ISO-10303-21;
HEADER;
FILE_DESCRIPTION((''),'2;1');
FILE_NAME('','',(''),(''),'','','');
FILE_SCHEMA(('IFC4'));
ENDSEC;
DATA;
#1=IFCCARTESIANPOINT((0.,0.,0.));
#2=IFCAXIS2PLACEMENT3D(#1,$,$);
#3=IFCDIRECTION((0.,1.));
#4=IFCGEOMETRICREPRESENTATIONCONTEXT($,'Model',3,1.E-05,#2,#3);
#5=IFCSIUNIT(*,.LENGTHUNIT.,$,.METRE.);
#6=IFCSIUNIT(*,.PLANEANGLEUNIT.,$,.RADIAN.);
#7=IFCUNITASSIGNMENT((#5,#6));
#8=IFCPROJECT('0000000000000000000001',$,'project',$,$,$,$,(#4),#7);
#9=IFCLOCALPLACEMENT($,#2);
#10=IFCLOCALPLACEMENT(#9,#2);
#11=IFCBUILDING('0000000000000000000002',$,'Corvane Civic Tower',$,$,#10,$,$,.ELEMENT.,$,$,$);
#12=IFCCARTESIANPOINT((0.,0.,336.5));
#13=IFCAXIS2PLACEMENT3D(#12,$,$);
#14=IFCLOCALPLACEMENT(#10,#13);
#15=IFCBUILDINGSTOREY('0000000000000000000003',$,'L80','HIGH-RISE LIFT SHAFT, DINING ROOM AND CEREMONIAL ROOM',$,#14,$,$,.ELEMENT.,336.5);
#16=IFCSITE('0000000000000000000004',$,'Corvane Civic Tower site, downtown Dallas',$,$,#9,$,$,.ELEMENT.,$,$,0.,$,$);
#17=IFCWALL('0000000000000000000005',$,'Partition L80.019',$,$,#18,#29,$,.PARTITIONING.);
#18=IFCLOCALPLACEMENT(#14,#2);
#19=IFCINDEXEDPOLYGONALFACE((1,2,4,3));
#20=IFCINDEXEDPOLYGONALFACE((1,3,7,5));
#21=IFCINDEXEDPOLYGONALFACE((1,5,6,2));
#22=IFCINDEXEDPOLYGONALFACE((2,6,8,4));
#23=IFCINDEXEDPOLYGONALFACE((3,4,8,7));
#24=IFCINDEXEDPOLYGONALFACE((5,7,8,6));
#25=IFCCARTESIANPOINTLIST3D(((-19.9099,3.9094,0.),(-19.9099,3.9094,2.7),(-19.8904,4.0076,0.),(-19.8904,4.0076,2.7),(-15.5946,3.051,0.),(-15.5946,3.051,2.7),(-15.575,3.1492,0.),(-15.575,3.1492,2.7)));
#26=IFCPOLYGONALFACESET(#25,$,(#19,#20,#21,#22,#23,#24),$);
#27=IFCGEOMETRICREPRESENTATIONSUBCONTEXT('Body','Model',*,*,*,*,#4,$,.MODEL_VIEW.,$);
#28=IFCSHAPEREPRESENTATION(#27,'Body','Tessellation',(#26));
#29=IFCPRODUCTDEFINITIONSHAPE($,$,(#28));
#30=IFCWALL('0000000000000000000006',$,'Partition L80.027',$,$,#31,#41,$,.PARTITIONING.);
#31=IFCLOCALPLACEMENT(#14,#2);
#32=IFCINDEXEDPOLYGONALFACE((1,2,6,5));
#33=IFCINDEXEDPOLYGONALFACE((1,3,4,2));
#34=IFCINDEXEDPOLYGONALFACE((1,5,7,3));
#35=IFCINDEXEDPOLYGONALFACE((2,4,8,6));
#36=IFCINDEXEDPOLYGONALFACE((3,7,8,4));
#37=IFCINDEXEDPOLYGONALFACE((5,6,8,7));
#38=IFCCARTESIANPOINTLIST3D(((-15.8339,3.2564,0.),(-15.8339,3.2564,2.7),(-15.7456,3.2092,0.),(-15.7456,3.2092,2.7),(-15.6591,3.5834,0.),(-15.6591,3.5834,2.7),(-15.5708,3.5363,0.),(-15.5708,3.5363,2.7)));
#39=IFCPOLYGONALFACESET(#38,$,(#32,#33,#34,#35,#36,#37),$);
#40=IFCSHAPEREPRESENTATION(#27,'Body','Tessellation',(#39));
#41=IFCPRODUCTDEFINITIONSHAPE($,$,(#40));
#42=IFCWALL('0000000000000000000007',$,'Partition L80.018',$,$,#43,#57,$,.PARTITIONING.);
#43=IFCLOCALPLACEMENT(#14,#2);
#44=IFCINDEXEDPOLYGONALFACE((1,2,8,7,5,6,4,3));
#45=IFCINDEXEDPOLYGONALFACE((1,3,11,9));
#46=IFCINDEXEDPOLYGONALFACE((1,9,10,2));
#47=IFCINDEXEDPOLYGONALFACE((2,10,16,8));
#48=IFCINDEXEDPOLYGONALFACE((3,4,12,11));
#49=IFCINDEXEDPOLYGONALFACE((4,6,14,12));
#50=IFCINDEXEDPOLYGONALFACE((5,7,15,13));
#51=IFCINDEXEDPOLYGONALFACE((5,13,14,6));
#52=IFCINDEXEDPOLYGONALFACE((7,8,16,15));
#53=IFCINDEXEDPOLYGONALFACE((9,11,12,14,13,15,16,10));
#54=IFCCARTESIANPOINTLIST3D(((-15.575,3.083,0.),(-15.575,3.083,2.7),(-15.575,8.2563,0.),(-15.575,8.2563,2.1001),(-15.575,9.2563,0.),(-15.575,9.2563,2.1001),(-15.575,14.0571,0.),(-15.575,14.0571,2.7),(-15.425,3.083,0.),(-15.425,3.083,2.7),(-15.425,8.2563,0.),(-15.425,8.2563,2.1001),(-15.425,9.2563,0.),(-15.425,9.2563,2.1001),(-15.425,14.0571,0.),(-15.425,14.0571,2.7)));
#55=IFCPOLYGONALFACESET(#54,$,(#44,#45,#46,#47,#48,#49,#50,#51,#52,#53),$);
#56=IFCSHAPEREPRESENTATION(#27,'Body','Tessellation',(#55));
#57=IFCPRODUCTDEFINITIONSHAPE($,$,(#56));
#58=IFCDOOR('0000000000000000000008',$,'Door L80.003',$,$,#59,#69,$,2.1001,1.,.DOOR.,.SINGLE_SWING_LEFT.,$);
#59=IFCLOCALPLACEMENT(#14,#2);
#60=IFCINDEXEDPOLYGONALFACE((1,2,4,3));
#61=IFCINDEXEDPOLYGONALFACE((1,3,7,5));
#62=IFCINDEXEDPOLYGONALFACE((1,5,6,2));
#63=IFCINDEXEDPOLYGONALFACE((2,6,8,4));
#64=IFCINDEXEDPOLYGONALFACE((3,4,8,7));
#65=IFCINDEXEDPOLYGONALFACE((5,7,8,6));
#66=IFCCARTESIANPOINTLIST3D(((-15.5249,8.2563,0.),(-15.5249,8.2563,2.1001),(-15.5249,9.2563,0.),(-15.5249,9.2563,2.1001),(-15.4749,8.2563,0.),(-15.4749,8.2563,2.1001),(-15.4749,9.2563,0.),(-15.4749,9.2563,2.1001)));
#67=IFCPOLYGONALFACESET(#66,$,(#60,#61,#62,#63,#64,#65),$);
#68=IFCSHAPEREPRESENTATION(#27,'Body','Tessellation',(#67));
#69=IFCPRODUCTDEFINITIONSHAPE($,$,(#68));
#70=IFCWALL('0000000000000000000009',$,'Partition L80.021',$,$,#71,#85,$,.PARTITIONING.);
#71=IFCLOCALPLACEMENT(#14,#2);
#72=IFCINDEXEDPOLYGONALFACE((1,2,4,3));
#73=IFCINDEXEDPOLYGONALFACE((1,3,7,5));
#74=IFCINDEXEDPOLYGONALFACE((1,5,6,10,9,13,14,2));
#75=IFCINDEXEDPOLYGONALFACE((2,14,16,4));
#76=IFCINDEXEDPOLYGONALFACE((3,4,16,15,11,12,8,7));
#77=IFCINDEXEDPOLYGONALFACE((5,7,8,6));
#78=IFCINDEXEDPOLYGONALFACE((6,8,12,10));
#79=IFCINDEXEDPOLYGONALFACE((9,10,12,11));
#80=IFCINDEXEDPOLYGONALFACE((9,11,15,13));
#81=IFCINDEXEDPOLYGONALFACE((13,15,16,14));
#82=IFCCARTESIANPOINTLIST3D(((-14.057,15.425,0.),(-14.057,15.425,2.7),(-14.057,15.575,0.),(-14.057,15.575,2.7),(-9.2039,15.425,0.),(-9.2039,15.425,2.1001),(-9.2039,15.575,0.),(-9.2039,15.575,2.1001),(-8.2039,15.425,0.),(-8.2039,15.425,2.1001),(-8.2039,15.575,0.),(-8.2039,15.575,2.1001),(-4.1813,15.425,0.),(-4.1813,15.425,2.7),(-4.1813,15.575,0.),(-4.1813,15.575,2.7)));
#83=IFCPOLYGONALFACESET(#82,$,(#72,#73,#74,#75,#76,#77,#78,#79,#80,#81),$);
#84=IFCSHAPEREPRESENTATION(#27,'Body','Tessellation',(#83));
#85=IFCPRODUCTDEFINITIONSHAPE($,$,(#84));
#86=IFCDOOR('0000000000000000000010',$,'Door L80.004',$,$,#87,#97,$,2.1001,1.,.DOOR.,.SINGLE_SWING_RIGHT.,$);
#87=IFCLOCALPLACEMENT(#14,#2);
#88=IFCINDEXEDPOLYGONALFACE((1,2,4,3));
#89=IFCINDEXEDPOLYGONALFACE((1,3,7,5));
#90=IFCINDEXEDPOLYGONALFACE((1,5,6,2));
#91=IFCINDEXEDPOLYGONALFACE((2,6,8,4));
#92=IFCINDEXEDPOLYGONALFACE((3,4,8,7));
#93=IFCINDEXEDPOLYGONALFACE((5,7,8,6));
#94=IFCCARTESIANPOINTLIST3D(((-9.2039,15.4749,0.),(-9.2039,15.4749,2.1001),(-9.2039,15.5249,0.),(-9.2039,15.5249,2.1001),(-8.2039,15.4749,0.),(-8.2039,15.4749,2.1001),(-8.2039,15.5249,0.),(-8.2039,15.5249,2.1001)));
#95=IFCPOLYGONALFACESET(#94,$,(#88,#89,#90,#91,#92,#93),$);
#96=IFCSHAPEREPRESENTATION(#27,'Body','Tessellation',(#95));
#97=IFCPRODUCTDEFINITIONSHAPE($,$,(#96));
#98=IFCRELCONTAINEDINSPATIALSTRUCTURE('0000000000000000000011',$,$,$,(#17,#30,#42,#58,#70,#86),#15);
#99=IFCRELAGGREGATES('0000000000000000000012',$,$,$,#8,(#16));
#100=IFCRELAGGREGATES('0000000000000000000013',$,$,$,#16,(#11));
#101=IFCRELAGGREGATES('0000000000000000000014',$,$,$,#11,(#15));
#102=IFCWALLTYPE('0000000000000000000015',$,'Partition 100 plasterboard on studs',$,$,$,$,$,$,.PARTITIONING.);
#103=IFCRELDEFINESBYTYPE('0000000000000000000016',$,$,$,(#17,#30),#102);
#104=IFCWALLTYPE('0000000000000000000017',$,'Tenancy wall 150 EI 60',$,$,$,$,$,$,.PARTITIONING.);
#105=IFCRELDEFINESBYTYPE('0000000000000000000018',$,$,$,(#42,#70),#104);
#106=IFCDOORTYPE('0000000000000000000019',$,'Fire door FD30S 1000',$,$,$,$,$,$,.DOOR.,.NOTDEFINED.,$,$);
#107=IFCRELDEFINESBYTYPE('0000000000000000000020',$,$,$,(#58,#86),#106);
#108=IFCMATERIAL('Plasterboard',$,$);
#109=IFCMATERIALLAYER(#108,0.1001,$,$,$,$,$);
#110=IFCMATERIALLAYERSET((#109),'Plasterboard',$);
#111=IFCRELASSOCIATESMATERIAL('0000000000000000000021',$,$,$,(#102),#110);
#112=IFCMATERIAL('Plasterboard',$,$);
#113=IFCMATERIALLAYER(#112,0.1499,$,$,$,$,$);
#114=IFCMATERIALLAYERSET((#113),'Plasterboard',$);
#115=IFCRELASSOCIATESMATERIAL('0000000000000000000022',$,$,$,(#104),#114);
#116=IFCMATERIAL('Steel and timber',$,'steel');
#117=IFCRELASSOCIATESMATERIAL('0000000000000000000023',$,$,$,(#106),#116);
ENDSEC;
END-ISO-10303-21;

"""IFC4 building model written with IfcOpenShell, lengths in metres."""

from ifc_helpers import new_model, si_unit, direction, frame, frame_2d, origin, place, context, subcontext, project, spatial, rectangle, extrude, material, layer, layer_set, type_object, element, fill, save


model = new_model("IFC4")

# Units and contexts
model_context = context("Model", 3, precision=1e-05, world=origin(), true_north=direction((0.0, 1.0)))
body_context = subcontext(model_context, "Body", "Model", "MODEL_VIEW")
ifc_project = project(units=[si_unit("LENGTHUNIT", "METRE"), si_unit("PLANEANGLEUNIT", "RADIAN")], contexts=[model_context])

# Site, building, storey
site_placement = place(None, origin())
site = spatial("IfcSite", under=ifc_project, at=site_placement, Name="Corvane Civic Tower site, downtown Dallas", CompositionType="ELEMENT", RefElevation=0.0)
building_placement = place(site_placement, origin())
building = spatial("IfcBuilding", under=site, at=building_placement, Name="Corvane Civic Tower", CompositionType="ELEMENT")
storey_placement = place(building_placement, frame((0.0, 0.0, 336.5)))
storey = spatial("IfcBuildingStorey", under=building, at=storey_placement, Name="L80", Description="HIGH-RISE LIFT SHAFT, DINING ROOM AND CEREMONIAL ROOM", CompositionType="ELEMENT", Elevation=336.5)

# Walls
ifc_material_1 = material(Name="Plasterboard")
ifc_layer_1 = layer(ifc_material_1, 0.1001)
ifc_layer_set_1 = layer_set([ifc_layer_1], Name="Plasterboard")
wall_type_1 = type_object("IfcWallType", Name="Partition 100 plasterboard on studs", PredefinedType="PARTITIONING", material=ifc_layer_set_1)
wall_1_placement = place(storey_placement, frame((-19.9001, 3.9585, 0.0), z_axis=(0.0, 0.0, 1.0), x_axis=(0.980785, -0.195092, 0.0)))
element("IfcWall", 1, at=wall_1_placement, inside=storey, type_object=wall_type_1, Name="Partition L80.019", PredefinedType="PARTITIONING", context=body_context, shape_type="SweptSolid", body=[
    extrude(rectangle(XDim=4.3999, YDim=0.1001, at=frame_2d((2.2, 0.0))), origin(), (0.0, 0.0, 1.0), 2.7),
])
wall_2_placement = place(storey_placement, frame((-15.7898, 3.2327, 0.0), z_axis=(0.0, 0.0, 1.0), x_axis=(0.471271, 0.881988, 0.0)))
element("IfcWall", 2, at=wall_2_placement, inside=storey, type_object=wall_type_1, Name="Partition L80.027", PredefinedType="PARTITIONING", context=body_context, shape_type="SweptSolid", body=[
    extrude(rectangle(XDim=0.3708, YDim=0.1001, at=frame_2d((0.1855, 0.0))), origin(), (0.0, 0.0, 1.0), 2.7),
])

# Walls, openings, doors
ifc_material_2 = material(Name="Plasterboard")
ifc_layer_2 = layer(ifc_material_2, 0.1499)
ifc_layer_set_2 = layer_set([ifc_layer_2], Name="Plasterboard")
wall_type_2 = type_object("IfcWallType", Name="Tenancy wall 150 EI 60", PredefinedType="PARTITIONING", material=ifc_layer_set_2)
wall_3_placement = place(storey_placement, frame((-15.5, 3.083, 0.0), z_axis=(0.0, 0.0, 1.0), x_axis=(0.0, 1.0, 0.0)))
wall_3 = element("IfcWall", 3, at=wall_3_placement, inside=storey, type_object=wall_type_2, Name="Partition L80.018", PredefinedType="PARTITIONING", context=body_context, shape_type="SweptSolid", body=[
    extrude(rectangle(XDim=10.9741, YDim=0.1499, at=frame_2d((5.4871, 0.0))), origin(), (0.0, 0.0, 1.0), 2.7),
])
opening_1_placement = place(wall_3_placement, frame((5.1733, 0.0, 0.0)))
opening_1 = element("IfcOpeningElement", 4, at=opening_1_placement, cuts=wall_3, PredefinedType="OPENING", context=body_context, shape_type="SweptSolid", body=[
    extrude(rectangle(XDim=1.0, YDim=2.1001, at=frame_2d((0.5, 1.05))), frame((0.0, 0.085, 0.0), z_axis=(0.0, -1.0, 0.0), x_axis=(1.0, 0.0, 0.0)), (0.0, 0.0, 1.0), 0.1699),
])
ifc_material_3 = material(Name="Steel and timber", Category="steel")
door_type = type_object("IfcDoorType", Name="Fire door FD30S 1000", OperationType="NOTDEFINED", PredefinedType="DOOR", material=ifc_material_3)
door_1_placement = place(opening_1_placement, origin())
door_1 = element("IfcDoor", 5, at=door_1_placement, inside=storey, type_object=door_type, Name="Door L80.003", OperationType="SINGLE_SWING_LEFT", OverallHeight=2.1001, OverallWidth=1.0, PredefinedType="DOOR", context=body_context, shape_type="SweptSolid", body=[
    extrude(rectangle(XDim=1.0, YDim=2.1001, at=frame_2d((0.5, 1.05))), frame((0.0, 0.0249, 0.0), z_axis=(0.0, -1.0, 0.0), x_axis=(1.0, 0.0, 0.0)), (0.0, 0.0, 1.0), 0.05),
])
fill(opening_1, door_1)
wall_4_placement = place(storey_placement, frame((-14.0571, 15.5, 0.0), z_axis=(0.0, 0.0, 1.0), x_axis=(1.0, 0.0, 0.0)))
wall_4 = element("IfcWall", 6, at=wall_4_placement, inside=storey, type_object=wall_type_2, Name="Partition L80.021", PredefinedType="PARTITIONING", context=body_context, shape_type="SweptSolid", body=[
    extrude(rectangle(XDim=9.8757, YDim=0.1499, at=frame_2d((4.938, 0.0))), origin(), (0.0, 0.0, 1.0), 2.7),
])
opening_2_placement = place(wall_4_placement, frame((4.8533, 0.0, 0.0)))
opening_2 = element("IfcOpeningElement", 7, at=opening_2_placement, cuts=wall_4, PredefinedType="OPENING", context=body_context, shape_type="SweptSolid", body=[
    extrude(rectangle(XDim=1.0, YDim=2.1001, at=frame_2d((0.5, 1.05))), frame((0.0, 0.085, 0.0), z_axis=(0.0, -1.0, 0.0), x_axis=(1.0, 0.0, 0.0)), (0.0, 0.0, 1.0), 0.1699),
])
door_2_placement = place(opening_2_placement, origin())
door_2 = element("IfcDoor", 8, at=door_2_placement, inside=storey, type_object=door_type, Name="Door L80.004", OperationType="SINGLE_SWING_RIGHT", OverallHeight=2.1001, OverallWidth=1.0, PredefinedType="DOOR", context=body_context, shape_type="SweptSolid", body=[
    extrude(rectangle(XDim=1.0, YDim=2.1001, at=frame_2d((0.5, 1.05))), frame((0.0, 0.0249, 0.0), z_axis=(0.0, -1.0, 0.0), x_axis=(1.0, 0.0, 0.0)), (0.0, 0.0, 1.0), 0.05),
])
fill(opening_2, door_2)

save(model, "model.ifc")
